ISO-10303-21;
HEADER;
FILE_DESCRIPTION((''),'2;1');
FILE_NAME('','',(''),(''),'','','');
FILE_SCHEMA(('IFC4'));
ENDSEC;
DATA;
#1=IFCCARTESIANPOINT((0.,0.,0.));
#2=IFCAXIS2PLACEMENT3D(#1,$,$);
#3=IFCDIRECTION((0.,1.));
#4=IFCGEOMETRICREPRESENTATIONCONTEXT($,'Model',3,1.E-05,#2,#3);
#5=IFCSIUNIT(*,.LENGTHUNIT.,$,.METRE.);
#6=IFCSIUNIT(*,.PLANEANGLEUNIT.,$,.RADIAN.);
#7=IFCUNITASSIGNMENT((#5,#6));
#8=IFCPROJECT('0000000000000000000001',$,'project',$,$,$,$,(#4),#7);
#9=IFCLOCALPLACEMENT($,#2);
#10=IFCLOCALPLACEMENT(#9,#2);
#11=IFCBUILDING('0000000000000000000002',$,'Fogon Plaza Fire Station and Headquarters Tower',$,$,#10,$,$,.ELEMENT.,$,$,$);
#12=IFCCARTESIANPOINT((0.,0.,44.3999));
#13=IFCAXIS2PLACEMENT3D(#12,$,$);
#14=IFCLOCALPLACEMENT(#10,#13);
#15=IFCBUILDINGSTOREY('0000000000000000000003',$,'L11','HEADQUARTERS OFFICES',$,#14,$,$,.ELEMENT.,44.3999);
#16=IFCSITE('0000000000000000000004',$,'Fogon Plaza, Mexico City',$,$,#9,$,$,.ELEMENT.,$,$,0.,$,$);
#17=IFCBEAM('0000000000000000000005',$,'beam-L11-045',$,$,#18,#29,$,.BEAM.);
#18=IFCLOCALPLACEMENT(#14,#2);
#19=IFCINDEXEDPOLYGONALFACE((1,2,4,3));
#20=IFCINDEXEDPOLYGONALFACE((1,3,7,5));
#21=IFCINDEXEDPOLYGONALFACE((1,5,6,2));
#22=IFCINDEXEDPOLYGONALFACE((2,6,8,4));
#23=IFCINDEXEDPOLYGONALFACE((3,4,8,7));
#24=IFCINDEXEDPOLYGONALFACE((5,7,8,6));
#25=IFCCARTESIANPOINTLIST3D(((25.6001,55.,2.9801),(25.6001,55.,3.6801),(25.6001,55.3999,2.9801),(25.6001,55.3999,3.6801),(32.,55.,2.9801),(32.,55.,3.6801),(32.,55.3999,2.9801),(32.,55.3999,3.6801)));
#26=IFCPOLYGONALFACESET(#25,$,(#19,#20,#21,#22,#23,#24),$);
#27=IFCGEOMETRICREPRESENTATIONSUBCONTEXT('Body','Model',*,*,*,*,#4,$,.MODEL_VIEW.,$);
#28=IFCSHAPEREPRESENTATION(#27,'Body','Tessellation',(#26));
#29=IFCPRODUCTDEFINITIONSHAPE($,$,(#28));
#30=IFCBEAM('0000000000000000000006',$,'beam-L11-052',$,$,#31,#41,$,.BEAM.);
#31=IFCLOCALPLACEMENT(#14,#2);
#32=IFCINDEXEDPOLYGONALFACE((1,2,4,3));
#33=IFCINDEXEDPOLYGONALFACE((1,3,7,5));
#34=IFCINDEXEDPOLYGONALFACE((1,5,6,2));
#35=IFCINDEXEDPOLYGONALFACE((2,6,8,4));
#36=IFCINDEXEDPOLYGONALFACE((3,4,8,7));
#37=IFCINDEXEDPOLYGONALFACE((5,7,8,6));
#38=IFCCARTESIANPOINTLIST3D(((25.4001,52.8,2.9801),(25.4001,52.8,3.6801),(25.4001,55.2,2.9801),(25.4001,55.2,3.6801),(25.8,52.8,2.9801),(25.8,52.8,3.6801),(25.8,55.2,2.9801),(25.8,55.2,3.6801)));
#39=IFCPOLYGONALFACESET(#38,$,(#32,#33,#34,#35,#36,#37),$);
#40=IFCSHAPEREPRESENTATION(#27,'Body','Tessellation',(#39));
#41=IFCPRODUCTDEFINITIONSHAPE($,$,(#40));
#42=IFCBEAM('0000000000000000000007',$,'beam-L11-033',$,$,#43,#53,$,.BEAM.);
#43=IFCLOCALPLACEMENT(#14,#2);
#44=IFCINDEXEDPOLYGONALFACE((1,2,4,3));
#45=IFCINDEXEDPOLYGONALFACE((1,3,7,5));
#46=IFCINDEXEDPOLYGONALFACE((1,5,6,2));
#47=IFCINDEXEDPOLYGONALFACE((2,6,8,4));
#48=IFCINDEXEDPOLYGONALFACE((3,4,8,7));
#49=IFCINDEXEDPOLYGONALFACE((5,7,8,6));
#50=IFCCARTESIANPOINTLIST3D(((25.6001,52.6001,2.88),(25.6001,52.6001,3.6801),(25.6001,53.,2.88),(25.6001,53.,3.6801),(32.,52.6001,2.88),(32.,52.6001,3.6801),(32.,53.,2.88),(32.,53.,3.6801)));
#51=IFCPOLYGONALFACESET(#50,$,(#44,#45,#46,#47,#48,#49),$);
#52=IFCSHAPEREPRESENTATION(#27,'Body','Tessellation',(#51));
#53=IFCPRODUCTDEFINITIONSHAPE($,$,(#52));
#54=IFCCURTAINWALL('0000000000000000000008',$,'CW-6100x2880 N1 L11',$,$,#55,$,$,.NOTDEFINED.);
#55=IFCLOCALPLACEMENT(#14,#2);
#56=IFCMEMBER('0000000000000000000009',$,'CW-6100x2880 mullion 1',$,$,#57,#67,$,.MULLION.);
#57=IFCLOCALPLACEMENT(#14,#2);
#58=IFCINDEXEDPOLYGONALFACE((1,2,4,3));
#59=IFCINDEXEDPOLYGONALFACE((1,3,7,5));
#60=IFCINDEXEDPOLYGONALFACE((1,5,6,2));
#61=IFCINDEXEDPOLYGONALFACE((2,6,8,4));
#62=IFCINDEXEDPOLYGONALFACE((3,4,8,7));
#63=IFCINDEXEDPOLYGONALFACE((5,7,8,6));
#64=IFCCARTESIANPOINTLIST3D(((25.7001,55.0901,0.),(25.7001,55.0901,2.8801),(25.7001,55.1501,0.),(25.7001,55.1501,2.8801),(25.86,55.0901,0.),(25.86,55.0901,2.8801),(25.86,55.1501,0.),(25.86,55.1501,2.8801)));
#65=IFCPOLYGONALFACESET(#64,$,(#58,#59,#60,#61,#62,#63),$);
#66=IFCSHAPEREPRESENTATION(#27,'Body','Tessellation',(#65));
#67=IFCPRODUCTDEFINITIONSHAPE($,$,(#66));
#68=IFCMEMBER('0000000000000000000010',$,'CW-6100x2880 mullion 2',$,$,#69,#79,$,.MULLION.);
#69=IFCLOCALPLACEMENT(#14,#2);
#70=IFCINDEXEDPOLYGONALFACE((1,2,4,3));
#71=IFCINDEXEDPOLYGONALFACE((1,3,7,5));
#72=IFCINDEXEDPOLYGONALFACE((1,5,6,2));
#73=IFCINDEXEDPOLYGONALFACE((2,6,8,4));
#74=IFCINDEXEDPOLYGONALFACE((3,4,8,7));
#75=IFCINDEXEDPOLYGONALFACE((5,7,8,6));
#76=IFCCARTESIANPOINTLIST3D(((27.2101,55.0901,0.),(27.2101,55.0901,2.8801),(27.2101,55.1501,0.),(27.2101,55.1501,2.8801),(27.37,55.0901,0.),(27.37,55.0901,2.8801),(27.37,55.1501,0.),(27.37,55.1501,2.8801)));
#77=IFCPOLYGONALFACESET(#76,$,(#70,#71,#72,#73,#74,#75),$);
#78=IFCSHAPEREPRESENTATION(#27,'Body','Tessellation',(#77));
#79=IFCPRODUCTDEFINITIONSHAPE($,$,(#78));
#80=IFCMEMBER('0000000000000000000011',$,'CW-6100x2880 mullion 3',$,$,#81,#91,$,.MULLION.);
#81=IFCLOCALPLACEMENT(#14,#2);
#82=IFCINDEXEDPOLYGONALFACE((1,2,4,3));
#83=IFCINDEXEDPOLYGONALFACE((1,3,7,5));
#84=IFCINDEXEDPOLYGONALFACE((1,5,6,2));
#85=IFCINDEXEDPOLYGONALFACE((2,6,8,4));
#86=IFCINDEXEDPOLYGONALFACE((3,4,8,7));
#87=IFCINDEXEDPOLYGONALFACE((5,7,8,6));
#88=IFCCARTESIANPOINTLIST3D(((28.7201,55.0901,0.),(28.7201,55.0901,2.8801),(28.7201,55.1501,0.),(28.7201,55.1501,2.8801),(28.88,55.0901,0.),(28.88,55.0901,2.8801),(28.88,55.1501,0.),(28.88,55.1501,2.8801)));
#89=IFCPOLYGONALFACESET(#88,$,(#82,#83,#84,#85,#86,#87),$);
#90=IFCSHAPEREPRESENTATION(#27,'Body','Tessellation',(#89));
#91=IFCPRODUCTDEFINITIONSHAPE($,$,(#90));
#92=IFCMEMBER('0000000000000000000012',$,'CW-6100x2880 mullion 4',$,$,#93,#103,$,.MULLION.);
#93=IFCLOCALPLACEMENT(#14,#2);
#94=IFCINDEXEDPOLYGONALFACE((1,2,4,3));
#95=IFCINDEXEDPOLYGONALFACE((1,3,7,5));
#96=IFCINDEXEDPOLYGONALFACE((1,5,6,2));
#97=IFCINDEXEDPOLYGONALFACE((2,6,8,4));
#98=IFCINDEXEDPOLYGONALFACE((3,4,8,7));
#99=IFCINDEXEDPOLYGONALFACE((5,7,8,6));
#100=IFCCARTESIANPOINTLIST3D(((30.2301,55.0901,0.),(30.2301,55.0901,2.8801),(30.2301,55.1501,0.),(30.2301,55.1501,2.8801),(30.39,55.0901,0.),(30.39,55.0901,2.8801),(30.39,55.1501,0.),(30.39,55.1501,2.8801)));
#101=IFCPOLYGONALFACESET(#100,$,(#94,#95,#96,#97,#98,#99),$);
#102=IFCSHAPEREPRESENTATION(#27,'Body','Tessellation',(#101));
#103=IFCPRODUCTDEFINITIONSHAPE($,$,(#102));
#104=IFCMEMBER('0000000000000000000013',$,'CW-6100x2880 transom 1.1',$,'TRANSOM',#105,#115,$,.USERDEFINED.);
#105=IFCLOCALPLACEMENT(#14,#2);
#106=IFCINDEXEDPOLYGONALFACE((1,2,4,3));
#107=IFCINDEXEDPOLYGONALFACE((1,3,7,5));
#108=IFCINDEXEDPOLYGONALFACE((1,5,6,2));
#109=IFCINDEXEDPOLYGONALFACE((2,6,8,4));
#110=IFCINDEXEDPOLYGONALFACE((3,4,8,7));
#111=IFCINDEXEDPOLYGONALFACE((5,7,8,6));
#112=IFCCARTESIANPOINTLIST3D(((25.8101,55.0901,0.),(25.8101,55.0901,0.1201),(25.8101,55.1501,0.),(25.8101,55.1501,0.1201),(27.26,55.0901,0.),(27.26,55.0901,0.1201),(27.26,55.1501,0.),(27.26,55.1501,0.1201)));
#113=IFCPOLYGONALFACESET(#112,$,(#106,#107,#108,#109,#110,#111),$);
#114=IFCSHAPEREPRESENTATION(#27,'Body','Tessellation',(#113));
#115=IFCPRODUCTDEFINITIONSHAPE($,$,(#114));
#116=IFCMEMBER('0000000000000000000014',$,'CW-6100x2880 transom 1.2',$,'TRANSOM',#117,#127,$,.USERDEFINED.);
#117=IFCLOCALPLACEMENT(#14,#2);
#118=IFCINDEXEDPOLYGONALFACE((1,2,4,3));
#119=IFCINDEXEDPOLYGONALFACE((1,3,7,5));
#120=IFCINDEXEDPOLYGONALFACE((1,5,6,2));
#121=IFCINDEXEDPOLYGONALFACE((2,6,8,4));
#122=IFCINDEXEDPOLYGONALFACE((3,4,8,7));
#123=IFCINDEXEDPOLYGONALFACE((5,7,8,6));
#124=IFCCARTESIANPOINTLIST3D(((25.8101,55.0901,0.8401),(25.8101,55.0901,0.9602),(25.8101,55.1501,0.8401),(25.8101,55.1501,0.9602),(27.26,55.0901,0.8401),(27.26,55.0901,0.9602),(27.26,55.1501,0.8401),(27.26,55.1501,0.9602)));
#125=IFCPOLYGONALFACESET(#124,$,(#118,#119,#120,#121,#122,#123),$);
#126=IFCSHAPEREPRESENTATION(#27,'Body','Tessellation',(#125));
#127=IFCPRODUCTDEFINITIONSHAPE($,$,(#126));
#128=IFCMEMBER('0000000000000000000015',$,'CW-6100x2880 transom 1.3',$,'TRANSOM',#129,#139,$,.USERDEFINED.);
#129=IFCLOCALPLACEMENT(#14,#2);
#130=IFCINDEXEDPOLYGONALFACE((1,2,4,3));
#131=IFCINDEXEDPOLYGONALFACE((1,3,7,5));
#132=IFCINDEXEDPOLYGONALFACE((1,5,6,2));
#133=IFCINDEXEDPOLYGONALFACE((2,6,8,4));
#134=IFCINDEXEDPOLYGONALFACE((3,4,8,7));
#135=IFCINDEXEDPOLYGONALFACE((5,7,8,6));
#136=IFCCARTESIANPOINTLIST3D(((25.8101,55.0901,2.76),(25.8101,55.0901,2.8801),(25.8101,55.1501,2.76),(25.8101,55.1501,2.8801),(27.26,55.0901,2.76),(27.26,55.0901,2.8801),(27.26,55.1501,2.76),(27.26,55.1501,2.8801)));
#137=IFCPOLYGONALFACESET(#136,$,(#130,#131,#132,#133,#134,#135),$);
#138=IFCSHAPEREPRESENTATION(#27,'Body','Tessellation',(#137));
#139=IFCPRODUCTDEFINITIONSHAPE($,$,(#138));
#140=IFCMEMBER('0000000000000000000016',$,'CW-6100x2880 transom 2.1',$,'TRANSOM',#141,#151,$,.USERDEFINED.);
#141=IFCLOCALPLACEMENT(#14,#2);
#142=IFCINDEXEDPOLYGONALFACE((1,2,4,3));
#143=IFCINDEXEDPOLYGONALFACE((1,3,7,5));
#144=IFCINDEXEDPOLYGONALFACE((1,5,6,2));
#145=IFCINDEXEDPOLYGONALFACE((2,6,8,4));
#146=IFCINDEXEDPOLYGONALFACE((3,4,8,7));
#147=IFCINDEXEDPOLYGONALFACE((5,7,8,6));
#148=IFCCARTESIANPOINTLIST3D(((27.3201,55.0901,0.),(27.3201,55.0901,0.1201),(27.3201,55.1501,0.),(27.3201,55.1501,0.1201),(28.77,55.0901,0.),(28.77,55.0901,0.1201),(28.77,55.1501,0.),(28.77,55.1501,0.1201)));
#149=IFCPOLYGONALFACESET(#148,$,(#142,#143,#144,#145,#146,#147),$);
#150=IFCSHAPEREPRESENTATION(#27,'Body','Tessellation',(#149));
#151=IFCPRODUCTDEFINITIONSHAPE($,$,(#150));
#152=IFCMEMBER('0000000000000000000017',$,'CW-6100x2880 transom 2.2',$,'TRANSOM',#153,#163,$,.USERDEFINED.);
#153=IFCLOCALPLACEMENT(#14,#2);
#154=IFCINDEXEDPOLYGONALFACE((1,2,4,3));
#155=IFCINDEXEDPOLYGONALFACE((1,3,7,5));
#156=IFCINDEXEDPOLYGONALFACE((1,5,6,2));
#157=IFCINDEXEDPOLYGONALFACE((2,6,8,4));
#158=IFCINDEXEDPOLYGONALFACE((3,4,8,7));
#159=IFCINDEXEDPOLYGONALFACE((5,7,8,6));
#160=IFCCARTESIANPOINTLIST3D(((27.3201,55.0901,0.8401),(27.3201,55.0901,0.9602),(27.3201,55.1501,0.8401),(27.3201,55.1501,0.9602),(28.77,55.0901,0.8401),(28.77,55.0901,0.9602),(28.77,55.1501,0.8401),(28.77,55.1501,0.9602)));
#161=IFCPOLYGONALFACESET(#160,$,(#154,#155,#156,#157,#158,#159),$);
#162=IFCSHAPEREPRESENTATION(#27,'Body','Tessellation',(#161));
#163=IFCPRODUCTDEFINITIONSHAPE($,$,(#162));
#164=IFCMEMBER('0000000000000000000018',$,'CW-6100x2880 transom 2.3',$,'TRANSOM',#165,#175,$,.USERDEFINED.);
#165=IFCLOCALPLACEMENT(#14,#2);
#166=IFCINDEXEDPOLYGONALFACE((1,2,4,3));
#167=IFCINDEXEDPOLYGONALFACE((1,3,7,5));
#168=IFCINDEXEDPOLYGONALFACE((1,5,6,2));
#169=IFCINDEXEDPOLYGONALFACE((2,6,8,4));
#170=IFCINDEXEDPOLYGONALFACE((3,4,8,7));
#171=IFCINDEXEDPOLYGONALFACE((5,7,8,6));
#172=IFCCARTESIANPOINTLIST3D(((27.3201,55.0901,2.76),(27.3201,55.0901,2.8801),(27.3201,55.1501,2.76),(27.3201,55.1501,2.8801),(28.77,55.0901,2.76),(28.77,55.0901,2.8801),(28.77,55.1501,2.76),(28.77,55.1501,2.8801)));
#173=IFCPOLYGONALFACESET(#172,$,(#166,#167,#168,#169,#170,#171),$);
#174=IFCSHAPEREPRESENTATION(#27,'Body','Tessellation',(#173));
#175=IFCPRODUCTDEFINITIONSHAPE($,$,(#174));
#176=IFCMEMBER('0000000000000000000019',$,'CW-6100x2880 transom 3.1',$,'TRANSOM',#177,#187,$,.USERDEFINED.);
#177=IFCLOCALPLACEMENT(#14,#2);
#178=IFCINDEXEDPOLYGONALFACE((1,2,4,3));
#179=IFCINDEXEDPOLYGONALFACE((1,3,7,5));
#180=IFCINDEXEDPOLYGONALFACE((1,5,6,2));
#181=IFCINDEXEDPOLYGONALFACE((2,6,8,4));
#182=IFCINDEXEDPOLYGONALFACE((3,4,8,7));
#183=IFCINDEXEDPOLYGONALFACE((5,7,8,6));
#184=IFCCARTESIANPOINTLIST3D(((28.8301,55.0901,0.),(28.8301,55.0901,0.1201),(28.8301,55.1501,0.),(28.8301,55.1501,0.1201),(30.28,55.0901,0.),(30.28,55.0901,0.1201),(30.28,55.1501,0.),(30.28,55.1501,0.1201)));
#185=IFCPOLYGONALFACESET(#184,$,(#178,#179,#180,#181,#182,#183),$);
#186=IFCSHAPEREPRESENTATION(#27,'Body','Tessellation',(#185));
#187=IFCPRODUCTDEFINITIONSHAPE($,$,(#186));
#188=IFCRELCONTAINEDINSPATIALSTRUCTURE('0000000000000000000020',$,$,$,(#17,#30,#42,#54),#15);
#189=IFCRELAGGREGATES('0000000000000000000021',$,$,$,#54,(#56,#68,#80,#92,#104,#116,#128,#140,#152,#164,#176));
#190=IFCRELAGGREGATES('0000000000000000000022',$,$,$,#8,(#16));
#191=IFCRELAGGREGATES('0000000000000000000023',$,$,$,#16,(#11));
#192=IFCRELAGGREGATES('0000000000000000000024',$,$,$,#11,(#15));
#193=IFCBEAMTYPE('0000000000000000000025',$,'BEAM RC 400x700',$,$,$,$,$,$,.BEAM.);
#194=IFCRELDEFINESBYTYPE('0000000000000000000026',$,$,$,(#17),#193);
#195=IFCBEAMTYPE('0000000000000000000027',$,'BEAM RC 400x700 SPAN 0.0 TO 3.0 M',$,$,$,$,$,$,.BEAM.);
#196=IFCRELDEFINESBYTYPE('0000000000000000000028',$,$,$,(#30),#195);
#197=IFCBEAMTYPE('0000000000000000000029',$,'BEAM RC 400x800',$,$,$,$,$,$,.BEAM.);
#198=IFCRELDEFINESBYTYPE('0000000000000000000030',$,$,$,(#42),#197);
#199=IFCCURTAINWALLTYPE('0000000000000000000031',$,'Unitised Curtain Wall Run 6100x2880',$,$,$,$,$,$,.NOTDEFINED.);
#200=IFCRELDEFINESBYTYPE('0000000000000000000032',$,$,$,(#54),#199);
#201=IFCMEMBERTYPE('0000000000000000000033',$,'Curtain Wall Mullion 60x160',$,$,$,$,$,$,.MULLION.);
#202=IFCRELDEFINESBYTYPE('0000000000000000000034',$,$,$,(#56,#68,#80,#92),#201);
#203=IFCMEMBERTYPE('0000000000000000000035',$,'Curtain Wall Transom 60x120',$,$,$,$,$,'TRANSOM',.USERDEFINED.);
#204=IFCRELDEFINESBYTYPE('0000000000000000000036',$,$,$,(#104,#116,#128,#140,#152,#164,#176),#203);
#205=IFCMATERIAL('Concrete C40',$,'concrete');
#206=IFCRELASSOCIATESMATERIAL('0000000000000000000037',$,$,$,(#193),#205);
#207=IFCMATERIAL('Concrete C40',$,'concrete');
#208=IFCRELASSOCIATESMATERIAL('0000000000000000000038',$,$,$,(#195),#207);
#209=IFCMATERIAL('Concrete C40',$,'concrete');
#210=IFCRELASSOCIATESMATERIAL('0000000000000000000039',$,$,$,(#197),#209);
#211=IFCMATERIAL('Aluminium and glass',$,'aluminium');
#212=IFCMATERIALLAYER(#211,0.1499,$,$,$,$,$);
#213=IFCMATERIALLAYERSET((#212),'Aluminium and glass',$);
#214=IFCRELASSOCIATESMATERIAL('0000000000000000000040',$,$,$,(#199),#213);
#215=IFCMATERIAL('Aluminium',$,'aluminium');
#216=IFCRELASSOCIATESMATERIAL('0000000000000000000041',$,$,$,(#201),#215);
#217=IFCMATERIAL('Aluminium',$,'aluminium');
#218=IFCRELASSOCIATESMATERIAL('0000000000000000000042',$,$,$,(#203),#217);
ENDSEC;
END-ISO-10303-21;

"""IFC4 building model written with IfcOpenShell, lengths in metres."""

from ifc_helpers import new_model, si_unit, direction, frame, origin, origin_2d, place, context, subcontext, project, spatial, rectangle, extrude, material, layer, layer_set, material_profile, profile_set, type_object, element, aggregate, save


model = new_model("IFC4")

# Units and contexts
model_context = context("Model", 3, precision=1e-05, world=origin(), true_north=direction((0.0, 1.0)))
body_context = subcontext(model_context, "Body", "Model", "MODEL_VIEW")
ifc_project = project(units=[si_unit("LENGTHUNIT", "METRE"), si_unit("PLANEANGLEUNIT", "RADIAN")], contexts=[model_context])

# Site, building, storey
site_placement = place(None, origin())
site = spatial("IfcSite", under=ifc_project, at=site_placement, Name="Fogon Plaza, Mexico City", CompositionType="ELEMENT", RefElevation=0.0)
building_placement = place(site_placement, origin())
building = spatial("IfcBuilding", under=site, at=building_placement, Name="Fogon Plaza Fire Station and Headquarters Tower", CompositionType="ELEMENT")
storey_placement = place(building_placement, frame((0.0, 0.0, 44.3999)))
storey = spatial("IfcBuildingStorey", under=building, at=storey_placement, Name="L11", Description="HEADQUARTERS OFFICES", CompositionType="ELEMENT", Elevation=44.3999)

# Beams
ifc_material_1 = material(Name="Concrete C40", Category="concrete")
ifc_material_profile_1 = material_profile(ifc_material_1, rectangle(XDim=0.3999, YDim=0.7, at=origin_2d()), Name="RC 400x700")
ifc_profile_set_1 = profile_set([ifc_material_profile_1], Name="Concrete C40")
beam_type_1 = type_object("IfcBeamType", Name="BEAM RC 400x700", PredefinedType="BEAM", material=ifc_profile_set_1)
beam_1_placement = place(storey_placement, frame((25.6001, 55.2, 3.3301), z_axis=(1.0, 0.0, 0.0), x_axis=(0.0, 1.0, 0.0)))
element("IfcBeam", 1, at=beam_1_placement, inside=storey, type_object=beam_type_1, Name="beam-L11-045", PredefinedType="BEAM", context=body_context, shape_type="SweptSolid", body=[
    extrude(rectangle(XDim=0.3999, YDim=0.7, at=origin_2d()), origin(), (0.0, 0.0, 1.0), 6.3999),
])
ifc_material_2 = material(Name="Concrete C40", Category="concrete")
ifc_material_profile_2 = material_profile(ifc_material_2, rectangle(XDim=0.3999, YDim=0.7, at=origin_2d()), Name="RC 400x700")
ifc_profile_set_2 = profile_set([ifc_material_profile_2], Name="Concrete C40")
beam_type_2 = type_object("IfcBeamType", Name="BEAM RC 400x700 SPAN 0.0 TO 3.0 M", PredefinedType="BEAM", material=ifc_profile_set_2)
beam_2_placement = place(storey_placement, frame((25.6001, 52.8, 3.3301), z_axis=(0.0, 1.0, 0.0), x_axis=(-1.0, 0.0, 0.0)))
element("IfcBeam", 2, at=beam_2_placement, inside=storey, type_object=beam_type_2, Name="beam-L11-052", PredefinedType="BEAM", context=body_context, shape_type="SweptSolid", body=[
    extrude(rectangle(XDim=0.3999, YDim=0.7, at=origin_2d()), origin(), (0.0, 0.0, 1.0), 2.3999),
])
ifc_material_3 = material(Name="Concrete C40", Category="concrete")
ifc_material_profile_3 = material_profile(ifc_material_3, rectangle(XDim=0.3999, YDim=0.8, at=origin_2d()), Name="RC 400x800")
ifc_profile_set_3 = profile_set([ifc_material_profile_3], Name="Concrete C40")
beam_type_3 = type_object("IfcBeamType", Name="BEAM RC 400x800", PredefinedType="BEAM", material=ifc_profile_set_3)
beam_3_placement = place(storey_placement, frame((25.6001, 52.8, 3.28), z_axis=(1.0, 0.0, 0.0), x_axis=(0.0, 1.0, 0.0)))
element("IfcBeam", 3, at=beam_3_placement, inside=storey, type_object=beam_type_3, Name="beam-L11-033", PredefinedType="BEAM", context=body_context, shape_type="SweptSolid", body=[
    extrude(rectangle(XDim=0.3999, YDim=0.8, at=origin_2d()), origin(), (0.0, 0.0, 1.0), 6.3999),
])

# Curtain wall, members
ifc_material_4 = material(Name="Aluminium and glass", Category="aluminium")
ifc_layer_1 = layer(ifc_material_4, 0.1499)
ifc_layer_set_1 = layer_set([ifc_layer_1], Name="Aluminium and glass")
curtain_wall_type = type_object("IfcCurtainWallType", Name="Unitised Curtain Wall Run 6100x2880", PredefinedType="NOTDEFINED", material=ifc_layer_set_1)
curtain_wall_placement = place(storey_placement, origin())
curtain_wall = element("IfcCurtainWall", 4, at=curtain_wall_placement, inside=storey, type_object=curtain_wall_type, Name="CW-6100x2880 N1 L11", PredefinedType="NOTDEFINED")
ifc_material_5 = material(Name="Aluminium", Category="aluminium")
ifc_material_profile_4 = material_profile(ifc_material_5, rectangle(XDim=0.0601, YDim=0.1599, at=origin_2d()), Name="Curtain Wall Mullion 60x160")
ifc_profile_set_4 = profile_set([ifc_material_profile_4], Name="Aluminium")
member_type_1 = type_object("IfcMemberType", Name="Curtain Wall Mullion 60x160", PredefinedType="MULLION", material=ifc_profile_set_4)
member_1_placement = place(storey_placement, frame((25.78, 55.1201, 0.0), z_axis=(0.0, 0.0, 1.0), x_axis=(0.0, 1.0, 0.0)))
member_1 = element("IfcMember", 5, at=member_1_placement, type_object=member_type_1, Name="CW-6100x2880 mullion 1", PredefinedType="MULLION", context=body_context, shape_type="SweptSolid", body=[
    extrude(rectangle(XDim=0.0601, YDim=0.1599, at=origin_2d()), origin(), (0.0, 0.0, 1.0), 2.8801),
])
member_2_placement = place(storey_placement, frame((27.29, 55.1201, 0.0), z_axis=(0.0, 0.0, 1.0), x_axis=(0.0, 1.0, 0.0)))
member_2 = element("IfcMember", 6, at=member_2_placement, type_object=member_type_1, Name="CW-6100x2880 mullion 2", PredefinedType="MULLION", context=body_context, shape_type="SweptSolid", body=[
    extrude(rectangle(XDim=0.0601, YDim=0.1599, at=origin_2d()), origin(), (0.0, 0.0, 1.0), 2.8801),
])
member_3_placement = place(storey_placement, frame((28.8, 55.1201, 0.0), z_axis=(0.0, 0.0, 1.0), x_axis=(0.0, 1.0, 0.0)))
member_3 = element("IfcMember", 7, at=member_3_placement, type_object=member_type_1, Name="CW-6100x2880 mullion 3", PredefinedType="MULLION", context=body_context, shape_type="SweptSolid", body=[
    extrude(rectangle(XDim=0.0601, YDim=0.1599, at=origin_2d()), origin(), (0.0, 0.0, 1.0), 2.8801),
])
member_4_placement = place(storey_placement, frame((30.3101, 55.1201, 0.0), z_axis=(0.0, 0.0, 1.0), x_axis=(0.0, 1.0, 0.0)))
member_4 = element("IfcMember", 8, at=member_4_placement, type_object=member_type_1, Name="CW-6100x2880 mullion 4", PredefinedType="MULLION", context=body_context, shape_type="SweptSolid", body=[
    extrude(rectangle(XDim=0.0601, YDim=0.1599, at=origin_2d()), origin(), (0.0, 0.0, 1.0), 2.8801),
])
ifc_material_6 = material(Name="Aluminium", Category="aluminium")
ifc_material_profile_5 = material_profile(ifc_material_6, rectangle(XDim=0.0601, YDim=0.1201, at=origin_2d()), Name="Curtain Wall Transom 60x120")
ifc_profile_set_5 = profile_set([ifc_material_profile_5], Name="Aluminium")
member_type_2 = type_object("IfcMemberType", Name="Curtain Wall Transom 60x120", ElementType="TRANSOM", PredefinedType="USERDEFINED", material=ifc_profile_set_5)
member_5_placement = place(storey_placement, frame((25.8101, 55.1201, 0.0601), z_axis=(1.0, 0.0, 0.0), x_axis=(0.0, 1.0, 0.0)))
member_5 = element("IfcMember", 9, at=member_5_placement, type_object=member_type_2, Name="CW-6100x2880 transom 1.1", ObjectType="TRANSOM", PredefinedType="USERDEFINED", context=body_context, shape_type="SweptSolid", body=[
    extrude(rectangle(XDim=0.0601, YDim=0.1201, at=origin_2d()), origin(), (0.0, 0.0, 1.0), 1.45),
])
member_6_placement = place(storey_placement, frame((25.8101, 55.1201, 0.9001), z_axis=(1.0, 0.0, 0.0), x_axis=(0.0, 1.0, 0.0)))
member_6 = element("IfcMember", 10, at=member_6_placement, type_object=member_type_2, Name="CW-6100x2880 transom 1.2", ObjectType="TRANSOM", PredefinedType="USERDEFINED", context=body_context, shape_type="SweptSolid", body=[
    extrude(rectangle(XDim=0.0601, YDim=0.1201, at=origin_2d()), origin(), (0.0, 0.0, 1.0), 1.45),
])
member_7_placement = place(storey_placement, frame((25.8101, 55.1201, 2.8201), z_axis=(1.0, 0.0, 0.0), x_axis=(0.0, 1.0, 0.0)))
member_7 = element("IfcMember", 11, at=member_7_placement, type_object=member_type_2, Name="CW-6100x2880 transom 1.3", ObjectType="TRANSOM", PredefinedType="USERDEFINED", context=body_context, shape_type="SweptSolid", body=[
    extrude(rectangle(XDim=0.0601, YDim=0.1201, at=origin_2d()), origin(), (0.0, 0.0, 1.0), 1.45),
])
member_8_placement = place(storey_placement, frame((27.3201, 55.1201, 0.0601), z_axis=(1.0, 0.0, 0.0), x_axis=(0.0, 1.0, 0.0)))
member_8 = element("IfcMember", 12, at=member_8_placement, type_object=member_type_2, Name="CW-6100x2880 transom 2.1", ObjectType="TRANSOM", PredefinedType="USERDEFINED", context=body_context, shape_type="SweptSolid", body=[
    extrude(rectangle(XDim=0.0601, YDim=0.1201, at=origin_2d()), origin(), (0.0, 0.0, 1.0), 1.45),
])
member_9_placement = place(storey_placement, frame((27.3201, 55.1201, 0.9001), z_axis=(1.0, 0.0, 0.0), x_axis=(0.0, 1.0, 0.0)))
member_9 = element("IfcMember", 13, at=member_9_placement, type_object=member_type_2, Name="CW-6100x2880 transom 2.2", ObjectType="TRANSOM", PredefinedType="USERDEFINED", context=body_context, shape_type="SweptSolid", body=[
    extrude(rectangle(XDim=0.0601, YDim=0.1201, at=origin_2d()), origin(), (0.0, 0.0, 1.0), 1.45),
])
member_10_placement = place(storey_placement, frame((27.3201, 55.1201, 2.8201), z_axis=(1.0, 0.0, 0.0), x_axis=(0.0, 1.0, 0.0)))
member_10 = element("IfcMember", 14, at=member_10_placement, type_object=member_type_2, Name="CW-6100x2880 transom 2.3", ObjectType="TRANSOM", PredefinedType="USERDEFINED", context=body_context, shape_type="SweptSolid", body=[
    extrude(rectangle(XDim=0.0601, YDim=0.1201, at=origin_2d()), origin(), (0.0, 0.0, 1.0), 1.45),
])
member_11_placement = place(storey_placement, frame((28.8301, 55.1201, 0.0601), z_axis=(1.0, 0.0, 0.0), x_axis=(0.0, 1.0, 0.0)))
member_11 = element("IfcMember", 15, at=member_11_placement, type_object=member_type_2, Name="CW-6100x2880 transom 3.1", ObjectType="TRANSOM", PredefinedType="USERDEFINED", context=body_context, shape_type="SweptSolid", body=[
    extrude(rectangle(XDim=0.0601, YDim=0.1201, at=origin_2d()), origin(), (0.0, 0.0, 1.0), 1.45),
])

aggregate(curtain_wall, [member_1, member_2, member_3, member_4, member_5, member_6, member_7, member_8, member_9, member_10, member_11])

save(model, "model.ifc")
